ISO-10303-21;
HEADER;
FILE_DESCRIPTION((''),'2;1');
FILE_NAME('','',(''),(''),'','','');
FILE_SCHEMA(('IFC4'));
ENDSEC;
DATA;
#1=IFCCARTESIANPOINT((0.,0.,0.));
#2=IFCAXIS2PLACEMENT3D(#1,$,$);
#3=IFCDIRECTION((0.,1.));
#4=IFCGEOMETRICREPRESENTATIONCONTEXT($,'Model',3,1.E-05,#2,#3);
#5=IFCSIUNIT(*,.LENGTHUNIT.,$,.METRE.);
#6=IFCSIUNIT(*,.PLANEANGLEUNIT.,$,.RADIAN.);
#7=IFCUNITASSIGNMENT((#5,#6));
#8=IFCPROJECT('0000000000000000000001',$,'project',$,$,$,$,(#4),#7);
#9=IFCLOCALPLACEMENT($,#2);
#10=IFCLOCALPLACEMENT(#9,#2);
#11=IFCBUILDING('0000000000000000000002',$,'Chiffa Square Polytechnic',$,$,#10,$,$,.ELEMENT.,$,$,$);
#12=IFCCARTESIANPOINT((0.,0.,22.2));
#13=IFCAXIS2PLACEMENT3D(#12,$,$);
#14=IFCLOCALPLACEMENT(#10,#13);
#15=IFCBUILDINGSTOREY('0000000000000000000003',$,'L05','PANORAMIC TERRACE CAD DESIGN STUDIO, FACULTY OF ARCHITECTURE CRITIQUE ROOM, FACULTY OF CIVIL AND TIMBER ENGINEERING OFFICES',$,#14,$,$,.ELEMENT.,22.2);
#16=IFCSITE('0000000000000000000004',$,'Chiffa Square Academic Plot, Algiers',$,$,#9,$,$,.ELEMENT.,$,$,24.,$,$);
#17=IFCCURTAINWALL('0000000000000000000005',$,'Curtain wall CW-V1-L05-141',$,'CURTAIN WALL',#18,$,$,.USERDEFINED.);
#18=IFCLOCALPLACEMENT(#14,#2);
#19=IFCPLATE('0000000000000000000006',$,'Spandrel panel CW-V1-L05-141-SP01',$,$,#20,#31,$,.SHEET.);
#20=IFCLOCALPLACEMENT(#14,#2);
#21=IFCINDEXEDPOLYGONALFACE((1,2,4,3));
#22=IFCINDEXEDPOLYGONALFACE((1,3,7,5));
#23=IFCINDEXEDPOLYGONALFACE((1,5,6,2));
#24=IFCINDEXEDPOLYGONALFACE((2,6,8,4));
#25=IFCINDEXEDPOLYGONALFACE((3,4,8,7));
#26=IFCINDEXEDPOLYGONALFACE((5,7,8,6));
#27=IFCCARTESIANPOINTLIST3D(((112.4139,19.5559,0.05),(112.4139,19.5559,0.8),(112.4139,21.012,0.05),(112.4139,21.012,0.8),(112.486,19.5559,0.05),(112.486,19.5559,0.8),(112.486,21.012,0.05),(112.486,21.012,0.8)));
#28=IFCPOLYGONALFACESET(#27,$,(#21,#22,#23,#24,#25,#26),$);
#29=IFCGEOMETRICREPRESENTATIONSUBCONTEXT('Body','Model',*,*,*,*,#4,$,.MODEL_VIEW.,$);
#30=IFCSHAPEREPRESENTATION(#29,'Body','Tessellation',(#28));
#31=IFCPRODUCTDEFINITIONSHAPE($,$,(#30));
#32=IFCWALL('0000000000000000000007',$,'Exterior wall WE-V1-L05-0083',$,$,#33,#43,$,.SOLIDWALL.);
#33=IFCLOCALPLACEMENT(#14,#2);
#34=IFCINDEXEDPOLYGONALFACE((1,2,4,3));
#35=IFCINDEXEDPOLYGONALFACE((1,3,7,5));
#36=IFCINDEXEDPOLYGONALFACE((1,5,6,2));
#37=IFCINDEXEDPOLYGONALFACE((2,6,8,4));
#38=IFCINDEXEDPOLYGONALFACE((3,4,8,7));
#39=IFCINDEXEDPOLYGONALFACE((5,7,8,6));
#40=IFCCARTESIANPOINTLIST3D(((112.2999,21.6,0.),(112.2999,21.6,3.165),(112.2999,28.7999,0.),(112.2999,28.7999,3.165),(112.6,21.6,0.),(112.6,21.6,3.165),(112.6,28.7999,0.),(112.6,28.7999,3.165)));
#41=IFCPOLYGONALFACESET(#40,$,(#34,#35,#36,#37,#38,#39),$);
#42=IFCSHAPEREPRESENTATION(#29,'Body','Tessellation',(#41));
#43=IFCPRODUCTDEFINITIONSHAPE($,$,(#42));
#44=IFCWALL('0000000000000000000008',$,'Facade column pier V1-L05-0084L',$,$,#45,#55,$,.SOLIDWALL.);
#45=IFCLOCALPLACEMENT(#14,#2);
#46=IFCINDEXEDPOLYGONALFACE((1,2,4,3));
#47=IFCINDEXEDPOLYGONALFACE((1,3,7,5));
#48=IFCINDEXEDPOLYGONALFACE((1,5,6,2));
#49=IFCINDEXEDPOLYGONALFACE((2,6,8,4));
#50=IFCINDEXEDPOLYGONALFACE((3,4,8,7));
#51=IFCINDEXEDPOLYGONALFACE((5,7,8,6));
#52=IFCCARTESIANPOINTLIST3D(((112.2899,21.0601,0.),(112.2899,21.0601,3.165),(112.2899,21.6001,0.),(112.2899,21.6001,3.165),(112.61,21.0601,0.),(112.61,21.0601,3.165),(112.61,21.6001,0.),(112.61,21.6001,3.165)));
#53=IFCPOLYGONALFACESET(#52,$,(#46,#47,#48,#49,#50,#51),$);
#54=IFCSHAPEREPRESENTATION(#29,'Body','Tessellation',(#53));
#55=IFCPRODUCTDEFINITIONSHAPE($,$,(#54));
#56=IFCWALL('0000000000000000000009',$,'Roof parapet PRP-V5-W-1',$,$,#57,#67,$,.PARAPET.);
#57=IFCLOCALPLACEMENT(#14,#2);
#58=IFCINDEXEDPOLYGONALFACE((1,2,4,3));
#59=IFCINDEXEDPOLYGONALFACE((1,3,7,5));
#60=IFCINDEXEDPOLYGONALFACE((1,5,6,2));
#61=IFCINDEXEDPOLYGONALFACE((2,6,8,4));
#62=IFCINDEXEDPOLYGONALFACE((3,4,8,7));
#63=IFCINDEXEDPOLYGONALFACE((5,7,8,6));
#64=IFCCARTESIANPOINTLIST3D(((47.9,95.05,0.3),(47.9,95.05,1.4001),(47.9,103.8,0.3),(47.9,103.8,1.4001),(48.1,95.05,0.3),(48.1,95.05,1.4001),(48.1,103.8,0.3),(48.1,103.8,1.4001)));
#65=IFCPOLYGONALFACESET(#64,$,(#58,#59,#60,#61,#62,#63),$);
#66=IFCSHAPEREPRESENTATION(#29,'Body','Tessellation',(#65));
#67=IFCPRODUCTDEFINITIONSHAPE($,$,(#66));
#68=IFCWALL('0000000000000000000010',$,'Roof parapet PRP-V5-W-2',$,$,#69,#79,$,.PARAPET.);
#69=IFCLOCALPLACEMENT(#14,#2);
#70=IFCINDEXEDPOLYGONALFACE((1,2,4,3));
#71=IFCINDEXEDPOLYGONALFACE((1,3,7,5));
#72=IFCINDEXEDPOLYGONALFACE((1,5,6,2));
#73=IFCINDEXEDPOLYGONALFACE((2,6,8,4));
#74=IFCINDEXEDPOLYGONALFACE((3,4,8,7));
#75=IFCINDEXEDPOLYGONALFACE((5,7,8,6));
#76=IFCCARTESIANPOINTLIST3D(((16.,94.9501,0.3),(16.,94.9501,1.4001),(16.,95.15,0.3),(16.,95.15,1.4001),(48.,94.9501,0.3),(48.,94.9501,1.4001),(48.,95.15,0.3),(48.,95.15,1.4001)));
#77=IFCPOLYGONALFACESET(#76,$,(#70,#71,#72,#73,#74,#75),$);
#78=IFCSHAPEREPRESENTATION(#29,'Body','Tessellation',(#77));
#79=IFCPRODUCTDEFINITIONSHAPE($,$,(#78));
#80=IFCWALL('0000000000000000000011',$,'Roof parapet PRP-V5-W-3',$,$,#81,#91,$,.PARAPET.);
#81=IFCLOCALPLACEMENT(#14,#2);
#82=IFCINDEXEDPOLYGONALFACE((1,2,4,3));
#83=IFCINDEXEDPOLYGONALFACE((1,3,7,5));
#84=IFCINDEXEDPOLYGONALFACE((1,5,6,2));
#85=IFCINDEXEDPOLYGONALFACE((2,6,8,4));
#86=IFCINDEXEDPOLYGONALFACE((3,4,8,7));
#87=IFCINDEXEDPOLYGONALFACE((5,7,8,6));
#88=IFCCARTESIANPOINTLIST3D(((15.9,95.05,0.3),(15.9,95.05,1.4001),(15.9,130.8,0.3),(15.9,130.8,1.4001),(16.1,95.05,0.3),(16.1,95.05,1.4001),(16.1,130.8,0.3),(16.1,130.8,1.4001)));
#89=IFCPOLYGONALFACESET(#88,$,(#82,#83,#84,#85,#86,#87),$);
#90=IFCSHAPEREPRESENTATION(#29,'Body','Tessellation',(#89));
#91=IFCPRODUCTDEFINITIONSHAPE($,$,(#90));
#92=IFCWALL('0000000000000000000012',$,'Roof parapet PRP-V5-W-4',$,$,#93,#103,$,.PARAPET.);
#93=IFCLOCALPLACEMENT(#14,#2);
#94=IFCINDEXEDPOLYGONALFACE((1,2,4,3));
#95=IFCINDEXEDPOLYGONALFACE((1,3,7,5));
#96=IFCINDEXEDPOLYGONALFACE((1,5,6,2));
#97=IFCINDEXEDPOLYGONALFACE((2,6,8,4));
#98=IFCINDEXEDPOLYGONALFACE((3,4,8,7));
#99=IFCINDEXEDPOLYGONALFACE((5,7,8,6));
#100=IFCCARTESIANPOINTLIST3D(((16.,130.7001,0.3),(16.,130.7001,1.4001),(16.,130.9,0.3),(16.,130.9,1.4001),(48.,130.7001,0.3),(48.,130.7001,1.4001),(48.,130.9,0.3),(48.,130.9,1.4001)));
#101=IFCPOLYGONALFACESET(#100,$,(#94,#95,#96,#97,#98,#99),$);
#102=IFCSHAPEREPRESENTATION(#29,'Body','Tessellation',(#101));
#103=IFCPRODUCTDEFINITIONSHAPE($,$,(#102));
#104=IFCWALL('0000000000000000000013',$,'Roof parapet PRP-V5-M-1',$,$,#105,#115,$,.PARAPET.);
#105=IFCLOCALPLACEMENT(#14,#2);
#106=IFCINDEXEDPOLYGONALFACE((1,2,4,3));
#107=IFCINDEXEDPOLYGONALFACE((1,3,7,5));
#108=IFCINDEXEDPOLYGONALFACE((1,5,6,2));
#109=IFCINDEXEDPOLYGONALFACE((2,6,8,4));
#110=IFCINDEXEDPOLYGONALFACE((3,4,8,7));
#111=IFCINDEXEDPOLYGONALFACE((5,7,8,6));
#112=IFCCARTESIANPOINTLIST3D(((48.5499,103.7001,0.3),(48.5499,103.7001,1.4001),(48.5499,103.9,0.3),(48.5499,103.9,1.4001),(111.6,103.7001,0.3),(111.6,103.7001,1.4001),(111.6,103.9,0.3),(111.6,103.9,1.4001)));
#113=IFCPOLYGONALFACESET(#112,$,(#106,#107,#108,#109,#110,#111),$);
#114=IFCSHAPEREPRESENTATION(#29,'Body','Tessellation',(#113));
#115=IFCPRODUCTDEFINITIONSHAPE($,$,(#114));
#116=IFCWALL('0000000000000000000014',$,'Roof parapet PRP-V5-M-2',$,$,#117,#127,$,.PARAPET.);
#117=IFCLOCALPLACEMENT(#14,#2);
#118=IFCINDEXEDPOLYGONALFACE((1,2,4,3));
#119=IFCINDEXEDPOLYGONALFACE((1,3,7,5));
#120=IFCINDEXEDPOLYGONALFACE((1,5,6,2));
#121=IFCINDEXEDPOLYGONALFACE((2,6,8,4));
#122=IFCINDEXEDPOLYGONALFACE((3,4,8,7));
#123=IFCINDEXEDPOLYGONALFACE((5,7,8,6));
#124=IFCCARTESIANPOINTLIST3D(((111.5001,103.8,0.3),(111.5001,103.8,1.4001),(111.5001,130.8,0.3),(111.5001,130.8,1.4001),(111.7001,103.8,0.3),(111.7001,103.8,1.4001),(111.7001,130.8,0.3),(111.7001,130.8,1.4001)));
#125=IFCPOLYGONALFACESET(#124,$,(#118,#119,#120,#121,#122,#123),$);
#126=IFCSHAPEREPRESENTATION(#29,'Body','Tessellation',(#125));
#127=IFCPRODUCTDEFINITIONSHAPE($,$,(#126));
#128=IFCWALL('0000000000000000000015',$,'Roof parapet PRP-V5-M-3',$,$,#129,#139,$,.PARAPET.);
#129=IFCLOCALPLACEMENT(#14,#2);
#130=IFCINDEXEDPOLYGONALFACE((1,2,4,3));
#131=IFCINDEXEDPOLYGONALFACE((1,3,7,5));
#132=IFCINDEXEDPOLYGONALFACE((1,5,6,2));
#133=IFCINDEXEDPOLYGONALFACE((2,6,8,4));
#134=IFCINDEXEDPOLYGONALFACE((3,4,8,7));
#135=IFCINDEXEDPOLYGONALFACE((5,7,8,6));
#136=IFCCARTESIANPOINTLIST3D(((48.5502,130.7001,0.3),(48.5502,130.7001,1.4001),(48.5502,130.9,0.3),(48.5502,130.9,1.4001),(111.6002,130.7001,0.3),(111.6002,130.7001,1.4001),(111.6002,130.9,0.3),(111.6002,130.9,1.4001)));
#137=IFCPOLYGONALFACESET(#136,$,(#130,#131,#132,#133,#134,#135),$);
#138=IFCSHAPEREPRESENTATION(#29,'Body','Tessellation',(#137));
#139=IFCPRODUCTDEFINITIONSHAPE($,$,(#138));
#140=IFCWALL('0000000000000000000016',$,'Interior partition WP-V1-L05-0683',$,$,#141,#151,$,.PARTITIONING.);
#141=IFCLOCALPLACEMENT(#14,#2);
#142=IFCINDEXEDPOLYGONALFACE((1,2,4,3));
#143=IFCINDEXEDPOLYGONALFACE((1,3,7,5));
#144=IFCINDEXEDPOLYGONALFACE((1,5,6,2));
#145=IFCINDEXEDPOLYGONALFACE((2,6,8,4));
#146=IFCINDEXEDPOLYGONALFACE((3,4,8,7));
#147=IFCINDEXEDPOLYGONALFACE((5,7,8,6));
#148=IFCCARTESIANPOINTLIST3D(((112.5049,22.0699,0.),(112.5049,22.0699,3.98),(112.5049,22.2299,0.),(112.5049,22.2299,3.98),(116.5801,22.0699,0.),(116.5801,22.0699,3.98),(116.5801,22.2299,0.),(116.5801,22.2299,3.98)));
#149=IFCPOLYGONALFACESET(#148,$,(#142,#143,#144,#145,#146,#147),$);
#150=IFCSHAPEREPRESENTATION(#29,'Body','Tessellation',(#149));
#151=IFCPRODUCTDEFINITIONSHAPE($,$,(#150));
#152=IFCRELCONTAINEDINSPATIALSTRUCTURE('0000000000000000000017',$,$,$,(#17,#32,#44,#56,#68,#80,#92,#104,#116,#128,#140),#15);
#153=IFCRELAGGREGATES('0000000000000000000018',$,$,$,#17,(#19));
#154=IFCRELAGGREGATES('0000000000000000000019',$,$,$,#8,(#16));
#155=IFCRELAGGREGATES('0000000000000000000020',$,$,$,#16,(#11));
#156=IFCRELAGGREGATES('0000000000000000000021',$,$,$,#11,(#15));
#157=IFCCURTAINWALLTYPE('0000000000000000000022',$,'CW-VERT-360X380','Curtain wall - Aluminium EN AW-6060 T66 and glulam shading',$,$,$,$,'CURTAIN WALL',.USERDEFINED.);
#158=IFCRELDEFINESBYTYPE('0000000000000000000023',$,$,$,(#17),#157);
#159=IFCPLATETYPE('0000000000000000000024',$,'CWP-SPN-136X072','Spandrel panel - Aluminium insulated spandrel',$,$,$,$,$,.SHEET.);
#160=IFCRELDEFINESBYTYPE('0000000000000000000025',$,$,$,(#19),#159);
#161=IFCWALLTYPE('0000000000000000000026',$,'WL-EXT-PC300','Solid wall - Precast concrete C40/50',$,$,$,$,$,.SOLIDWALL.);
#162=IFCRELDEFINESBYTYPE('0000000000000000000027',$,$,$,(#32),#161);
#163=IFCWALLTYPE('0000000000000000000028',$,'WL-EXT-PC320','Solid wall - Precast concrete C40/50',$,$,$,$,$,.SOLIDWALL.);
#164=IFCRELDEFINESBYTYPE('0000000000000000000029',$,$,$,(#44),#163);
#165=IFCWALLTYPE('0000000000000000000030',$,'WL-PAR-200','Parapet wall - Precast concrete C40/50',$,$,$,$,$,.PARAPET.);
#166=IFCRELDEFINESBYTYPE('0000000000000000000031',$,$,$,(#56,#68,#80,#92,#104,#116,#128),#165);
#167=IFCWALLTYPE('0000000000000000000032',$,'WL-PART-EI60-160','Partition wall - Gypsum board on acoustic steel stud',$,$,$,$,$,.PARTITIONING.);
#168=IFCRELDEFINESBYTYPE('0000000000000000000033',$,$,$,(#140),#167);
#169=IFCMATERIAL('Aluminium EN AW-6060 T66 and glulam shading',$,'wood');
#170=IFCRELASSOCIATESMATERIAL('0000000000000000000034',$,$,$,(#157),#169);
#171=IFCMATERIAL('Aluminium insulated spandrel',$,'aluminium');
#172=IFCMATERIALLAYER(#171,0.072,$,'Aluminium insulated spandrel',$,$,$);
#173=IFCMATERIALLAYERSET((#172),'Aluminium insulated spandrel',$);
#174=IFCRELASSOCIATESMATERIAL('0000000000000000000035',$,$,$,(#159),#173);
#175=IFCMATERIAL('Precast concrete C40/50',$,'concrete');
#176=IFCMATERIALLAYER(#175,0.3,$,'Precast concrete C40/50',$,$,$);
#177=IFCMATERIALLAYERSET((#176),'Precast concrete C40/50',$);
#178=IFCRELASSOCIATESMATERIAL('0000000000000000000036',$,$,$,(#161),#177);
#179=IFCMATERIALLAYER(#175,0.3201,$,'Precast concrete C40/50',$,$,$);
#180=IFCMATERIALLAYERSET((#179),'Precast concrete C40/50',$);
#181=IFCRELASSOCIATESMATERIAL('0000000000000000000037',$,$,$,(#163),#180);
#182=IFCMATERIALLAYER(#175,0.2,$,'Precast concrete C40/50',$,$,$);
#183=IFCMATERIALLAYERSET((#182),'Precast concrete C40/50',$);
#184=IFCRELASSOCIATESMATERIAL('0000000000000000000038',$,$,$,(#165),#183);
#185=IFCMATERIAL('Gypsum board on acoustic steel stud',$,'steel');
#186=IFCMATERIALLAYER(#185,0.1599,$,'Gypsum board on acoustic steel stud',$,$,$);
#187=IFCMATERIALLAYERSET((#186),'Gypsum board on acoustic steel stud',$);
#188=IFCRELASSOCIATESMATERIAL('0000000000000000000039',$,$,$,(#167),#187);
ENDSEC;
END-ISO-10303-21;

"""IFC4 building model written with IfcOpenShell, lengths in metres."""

from ifc_helpers import new_model, si_unit, direction, frame, frame_2d, origin, origin_2d, place, context, subcontext, project, spatial, rectangle, extrude, material, layer, layer_set, type_object, element, aggregate, save


model = new_model("IFC4")

# Units and contexts
model_context = context("Model", 3, precision=1e-05, world=origin(), true_north=direction((0.0, 1.0)))
body_context = subcontext(model_context, "Body", "Model", "MODEL_VIEW")
ifc_project = project(units=[si_unit("LENGTHUNIT", "METRE"), si_unit("PLANEANGLEUNIT", "RADIAN")], contexts=[model_context])

# Site, building, storey
site_placement = place(None, origin())
site = spatial("IfcSite", under=ifc_project, at=site_placement, Name="Chiffa Square Academic Plot, Algiers", CompositionType="ELEMENT", RefElevation=24.0)
building_placement = place(site_placement, origin())
building = spatial("IfcBuilding", under=site, at=building_placement, Name="Chiffa Square Polytechnic", CompositionType="ELEMENT")
storey_placement = place(building_placement, frame((0.0, 0.0, 22.2)))
storey = spatial("IfcBuildingStorey", under=building, at=storey_placement, Name="L05", Description="PANORAMIC TERRACE CAD DESIGN STUDIO, FACULTY OF ARCHITECTURE CRITIQUE ROOM, FACULTY OF CIVIL AND TIMBER ENGINEERING OFFICES", CompositionType="ELEMENT", Elevation=22.2)

# Curtain wall, plate
ifc_material_1 = material(Name="Aluminium EN AW-6060 T66 and glulam shading", Category="wood")
curtain_wall_type = type_object("IfcCurtainWallType", Name="CW-VERT-360X380", Description="Curtain wall - Aluminium EN AW-6060 T66 and glulam shading", ElementType="CURTAIN WALL", PredefinedType="USERDEFINED", material=ifc_material_1)
curtain_wall_placement = place(storey_placement, origin())
curtain_wall = element("IfcCurtainWall", 1, at=curtain_wall_placement, inside=storey, type_object=curtain_wall_type, Name="Curtain wall CW-V1-L05-141", ObjectType="CURTAIN WALL", PredefinedType="USERDEFINED")
ifc_material_2 = material(Name="Aluminium insulated spandrel", Category="aluminium")
ifc_layer_1 = layer(ifc_material_2, 0.072, Name="Aluminium insulated spandrel")
ifc_layer_set_1 = layer_set([ifc_layer_1], Name="Aluminium insulated spandrel")
plate_type_1 = type_object("IfcPlateType", Name="CWP-SPN-136X072", Description="Spandrel panel - Aluminium insulated spandrel", PredefinedType="SHEET", material=ifc_layer_set_1)
plate_1_placement = place(storey_placement, frame((112.45, 20.2839, 0.05), z_axis=(0.0, 0.0, 1.0), x_axis=(0.0, -1.0, 0.0)))
plate_1 = element("IfcPlate", 2, at=plate_1_placement, type_object=plate_type_1, Name="Spandrel panel CW-V1-L05-141-SP01", PredefinedType="SHEET", context=body_context, shape_type="SweptSolid", body=[
    extrude(rectangle(XDim=1.4561, YDim=0.072, at=origin_2d()), origin(), (0.0, 0.0, 1.0), 0.75),
])
aggregate(curtain_wall, [plate_1])

# Walls
ifc_material_3 = material(Name="Precast concrete C40/50", Category="concrete")
ifc_layer_2 = layer(ifc_material_3, 0.3, Name="Precast concrete C40/50")
ifc_layer_set_2 = layer_set([ifc_layer_2], Name="Precast concrete C40/50")
wall_type_1 = type_object("IfcWallType", Name="WL-EXT-PC300", Description="Solid wall - Precast concrete C40/50", PredefinedType="SOLIDWALL", material=ifc_layer_set_2)
wall_1_placement = place(storey_placement, frame((112.45, 28.8, 0.0), z_axis=(0.0, 0.0, 1.0), x_axis=(0.0, -1.0, 0.0)))
element("IfcWall", 3, at=wall_1_placement, inside=storey, type_object=wall_type_1, Name="Exterior wall WE-V1-L05-0083", PredefinedType="SOLIDWALL", context=body_context, shape_type="SweptSolid", body=[
    extrude(rectangle(XDim=7.2, YDim=0.3, at=frame_2d((3.6001, 0.0))), origin(), (0.0, 0.0, 1.0), 3.165),
])
ifc_layer_3 = layer(ifc_material_3, 0.3201, Name="Precast concrete C40/50")
ifc_layer_set_3 = layer_set([ifc_layer_3], Name="Precast concrete C40/50")
wall_type_2 = type_object("IfcWallType", Name="WL-EXT-PC320", Description="Solid wall - Precast concrete C40/50", PredefinedType="SOLIDWALL", material=ifc_layer_set_3)
wall_2_placement = place(storey_placement, frame((112.45, 21.6001, 0.0), z_axis=(0.0, 0.0, 1.0), x_axis=(0.0, -1.0, 0.0)))
element("IfcWall", 4, at=wall_2_placement, inside=storey, type_object=wall_type_2, Name="Facade column pier V1-L05-0084L", PredefinedType="SOLIDWALL", context=body_context, shape_type="SweptSolid", body=[
    extrude(rectangle(XDim=0.54, YDim=0.3201, at=frame_2d((0.27, 0.0))), origin(), (0.0, 0.0, 1.0), 3.165),
])
ifc_layer_4 = layer(ifc_material_3, 0.2, Name="Precast concrete C40/50")
ifc_layer_set_4 = layer_set([ifc_layer_4], Name="Precast concrete C40/50")
wall_type_3 = type_object("IfcWallType", Name="WL-PAR-200", Description="Parapet wall - Precast concrete C40/50", PredefinedType="PARAPET", material=ifc_layer_set_4)
wall_3_placement = place(storey_placement, frame((48.0, 103.8, 0.3), z_axis=(0.0, 0.0, 1.0), x_axis=(0.0, -1.0, 0.0)))
element("IfcWall", 5, at=wall_3_placement, inside=storey, type_object=wall_type_3, Name="Roof parapet PRP-V5-W-1", PredefinedType="PARAPET", context=body_context, shape_type="SweptSolid", body=[
    extrude(rectangle(XDim=8.75, YDim=0.2, at=frame_2d((4.375, 0.0))), origin(), (0.0, 0.0, 1.0), 1.1001),
])
wall_4_placement = place(storey_placement, frame((48.0, 95.05, 0.3), z_axis=(0.0, 0.0, 1.0), x_axis=(-1.0, 0.0, 0.0)))
element("IfcWall", 6, at=wall_4_placement, inside=storey, type_object=wall_type_3, Name="Roof parapet PRP-V5-W-2", PredefinedType="PARAPET", context=body_context, shape_type="SweptSolid", body=[
    extrude(rectangle(XDim=32.0, YDim=0.2, at=frame_2d((16.0, 0.0))), origin(), (0.0, 0.0, 1.0), 1.1001),
])
wall_5_placement = place(storey_placement, frame((16.0, 95.05, 0.3), z_axis=(0.0, 0.0, 1.0), x_axis=(0.0, 1.0, 0.0)))
element("IfcWall", 7, at=wall_5_placement, inside=storey, type_object=wall_type_3, Name="Roof parapet PRP-V5-W-3", PredefinedType="PARAPET", context=body_context, shape_type="SweptSolid", body=[
    extrude(rectangle(XDim=35.75, YDim=0.2, at=frame_2d((17.875, 0.0))), origin(), (0.0, 0.0, 1.0), 1.1001),
])
wall_6_placement = place(storey_placement, frame((16.0, 130.8, 0.3), z_axis=(0.0, 0.0, 1.0), x_axis=(1.0, 0.0, 0.0)))
element("IfcWall", 8, at=wall_6_placement, inside=storey, type_object=wall_type_3, Name="Roof parapet PRP-V5-W-4", PredefinedType="PARAPET", context=body_context, shape_type="SweptSolid", body=[
    extrude(rectangle(XDim=32.0, YDim=0.2, at=frame_2d((16.0, 0.0))), origin(), (0.0, 0.0, 1.0), 1.1001),
])
wall_7_placement = place(storey_placement, frame((48.55, 103.8, 0.3), z_axis=(0.0, 0.0, 1.0), x_axis=(1.0, 0.0, 0.0)))
element("IfcWall", 9, at=wall_7_placement, inside=storey, type_object=wall_type_3, Name="Roof parapet PRP-V5-M-1", PredefinedType="PARAPET", context=body_context, shape_type="SweptSolid", body=[
    extrude(rectangle(XDim=63.05, YDim=0.2, at=frame_2d((31.5249, 0.0))), origin(), (0.0, 0.0, 1.0), 1.1001),
])
wall_8_placement = place(storey_placement, frame((111.6001, 103.8, 0.3), z_axis=(0.0, 0.0, 1.0), x_axis=(0.0, 1.0, 0.0)))
element("IfcWall", 10, at=wall_8_placement, inside=storey, type_object=wall_type_3, Name="Roof parapet PRP-V5-M-2", PredefinedType="PARAPET", context=body_context, shape_type="SweptSolid", body=[
    extrude(rectangle(XDim=27.0, YDim=0.2, at=frame_2d((13.5, 0.0))), origin(), (0.0, 0.0, 1.0), 1.1001),
])
wall_9_placement = place(storey_placement, frame((111.6001, 130.8, 0.3), z_axis=(0.0, 0.0, 1.0), x_axis=(-1.0, 0.0, 0.0)))
element("IfcWall", 11, at=wall_9_placement, inside=storey, type_object=wall_type_3, Name="Roof parapet PRP-V5-M-3", PredefinedType="PARAPET", context=body_context, shape_type="SweptSolid", body=[
    extrude(rectangle(XDim=63.05, YDim=0.2, at=frame_2d((31.5249, 0.0))), origin(), (0.0, 0.0, 1.0), 1.1001),
])
ifc_material_4 = material(Name="Gypsum board on acoustic steel stud", Category="steel")
ifc_layer_5 = layer(ifc_material_4, 0.1599, Name="Gypsum board on acoustic steel stud")
ifc_layer_set_5 = layer_set([ifc_layer_5], Name="Gypsum board on acoustic steel stud")
wall_type_4 = type_object("IfcWallType", Name="WL-PART-EI60-160", Description="Partition wall - Gypsum board on acoustic steel stud", PredefinedType="PARTITIONING", material=ifc_layer_set_5)
wall_10_placement = place(storey_placement, frame((112.5049, 22.1499, 0.0), z_axis=(0.0, 0.0, 1.0), x_axis=(1.0, 0.0, 0.0)))
element("IfcWall", 12, at=wall_10_placement, inside=storey, type_object=wall_type_4, Name="Interior partition WP-V1-L05-0683", PredefinedType="PARTITIONING", context=body_context, shape_type="SweptSolid", body=[
    extrude(rectangle(XDim=4.0752, YDim=0.1599, at=frame_2d((2.0376, 0.0))), origin(), (0.0, 0.0, 1.0), 3.98),
])

save(model, "model.ifc")
